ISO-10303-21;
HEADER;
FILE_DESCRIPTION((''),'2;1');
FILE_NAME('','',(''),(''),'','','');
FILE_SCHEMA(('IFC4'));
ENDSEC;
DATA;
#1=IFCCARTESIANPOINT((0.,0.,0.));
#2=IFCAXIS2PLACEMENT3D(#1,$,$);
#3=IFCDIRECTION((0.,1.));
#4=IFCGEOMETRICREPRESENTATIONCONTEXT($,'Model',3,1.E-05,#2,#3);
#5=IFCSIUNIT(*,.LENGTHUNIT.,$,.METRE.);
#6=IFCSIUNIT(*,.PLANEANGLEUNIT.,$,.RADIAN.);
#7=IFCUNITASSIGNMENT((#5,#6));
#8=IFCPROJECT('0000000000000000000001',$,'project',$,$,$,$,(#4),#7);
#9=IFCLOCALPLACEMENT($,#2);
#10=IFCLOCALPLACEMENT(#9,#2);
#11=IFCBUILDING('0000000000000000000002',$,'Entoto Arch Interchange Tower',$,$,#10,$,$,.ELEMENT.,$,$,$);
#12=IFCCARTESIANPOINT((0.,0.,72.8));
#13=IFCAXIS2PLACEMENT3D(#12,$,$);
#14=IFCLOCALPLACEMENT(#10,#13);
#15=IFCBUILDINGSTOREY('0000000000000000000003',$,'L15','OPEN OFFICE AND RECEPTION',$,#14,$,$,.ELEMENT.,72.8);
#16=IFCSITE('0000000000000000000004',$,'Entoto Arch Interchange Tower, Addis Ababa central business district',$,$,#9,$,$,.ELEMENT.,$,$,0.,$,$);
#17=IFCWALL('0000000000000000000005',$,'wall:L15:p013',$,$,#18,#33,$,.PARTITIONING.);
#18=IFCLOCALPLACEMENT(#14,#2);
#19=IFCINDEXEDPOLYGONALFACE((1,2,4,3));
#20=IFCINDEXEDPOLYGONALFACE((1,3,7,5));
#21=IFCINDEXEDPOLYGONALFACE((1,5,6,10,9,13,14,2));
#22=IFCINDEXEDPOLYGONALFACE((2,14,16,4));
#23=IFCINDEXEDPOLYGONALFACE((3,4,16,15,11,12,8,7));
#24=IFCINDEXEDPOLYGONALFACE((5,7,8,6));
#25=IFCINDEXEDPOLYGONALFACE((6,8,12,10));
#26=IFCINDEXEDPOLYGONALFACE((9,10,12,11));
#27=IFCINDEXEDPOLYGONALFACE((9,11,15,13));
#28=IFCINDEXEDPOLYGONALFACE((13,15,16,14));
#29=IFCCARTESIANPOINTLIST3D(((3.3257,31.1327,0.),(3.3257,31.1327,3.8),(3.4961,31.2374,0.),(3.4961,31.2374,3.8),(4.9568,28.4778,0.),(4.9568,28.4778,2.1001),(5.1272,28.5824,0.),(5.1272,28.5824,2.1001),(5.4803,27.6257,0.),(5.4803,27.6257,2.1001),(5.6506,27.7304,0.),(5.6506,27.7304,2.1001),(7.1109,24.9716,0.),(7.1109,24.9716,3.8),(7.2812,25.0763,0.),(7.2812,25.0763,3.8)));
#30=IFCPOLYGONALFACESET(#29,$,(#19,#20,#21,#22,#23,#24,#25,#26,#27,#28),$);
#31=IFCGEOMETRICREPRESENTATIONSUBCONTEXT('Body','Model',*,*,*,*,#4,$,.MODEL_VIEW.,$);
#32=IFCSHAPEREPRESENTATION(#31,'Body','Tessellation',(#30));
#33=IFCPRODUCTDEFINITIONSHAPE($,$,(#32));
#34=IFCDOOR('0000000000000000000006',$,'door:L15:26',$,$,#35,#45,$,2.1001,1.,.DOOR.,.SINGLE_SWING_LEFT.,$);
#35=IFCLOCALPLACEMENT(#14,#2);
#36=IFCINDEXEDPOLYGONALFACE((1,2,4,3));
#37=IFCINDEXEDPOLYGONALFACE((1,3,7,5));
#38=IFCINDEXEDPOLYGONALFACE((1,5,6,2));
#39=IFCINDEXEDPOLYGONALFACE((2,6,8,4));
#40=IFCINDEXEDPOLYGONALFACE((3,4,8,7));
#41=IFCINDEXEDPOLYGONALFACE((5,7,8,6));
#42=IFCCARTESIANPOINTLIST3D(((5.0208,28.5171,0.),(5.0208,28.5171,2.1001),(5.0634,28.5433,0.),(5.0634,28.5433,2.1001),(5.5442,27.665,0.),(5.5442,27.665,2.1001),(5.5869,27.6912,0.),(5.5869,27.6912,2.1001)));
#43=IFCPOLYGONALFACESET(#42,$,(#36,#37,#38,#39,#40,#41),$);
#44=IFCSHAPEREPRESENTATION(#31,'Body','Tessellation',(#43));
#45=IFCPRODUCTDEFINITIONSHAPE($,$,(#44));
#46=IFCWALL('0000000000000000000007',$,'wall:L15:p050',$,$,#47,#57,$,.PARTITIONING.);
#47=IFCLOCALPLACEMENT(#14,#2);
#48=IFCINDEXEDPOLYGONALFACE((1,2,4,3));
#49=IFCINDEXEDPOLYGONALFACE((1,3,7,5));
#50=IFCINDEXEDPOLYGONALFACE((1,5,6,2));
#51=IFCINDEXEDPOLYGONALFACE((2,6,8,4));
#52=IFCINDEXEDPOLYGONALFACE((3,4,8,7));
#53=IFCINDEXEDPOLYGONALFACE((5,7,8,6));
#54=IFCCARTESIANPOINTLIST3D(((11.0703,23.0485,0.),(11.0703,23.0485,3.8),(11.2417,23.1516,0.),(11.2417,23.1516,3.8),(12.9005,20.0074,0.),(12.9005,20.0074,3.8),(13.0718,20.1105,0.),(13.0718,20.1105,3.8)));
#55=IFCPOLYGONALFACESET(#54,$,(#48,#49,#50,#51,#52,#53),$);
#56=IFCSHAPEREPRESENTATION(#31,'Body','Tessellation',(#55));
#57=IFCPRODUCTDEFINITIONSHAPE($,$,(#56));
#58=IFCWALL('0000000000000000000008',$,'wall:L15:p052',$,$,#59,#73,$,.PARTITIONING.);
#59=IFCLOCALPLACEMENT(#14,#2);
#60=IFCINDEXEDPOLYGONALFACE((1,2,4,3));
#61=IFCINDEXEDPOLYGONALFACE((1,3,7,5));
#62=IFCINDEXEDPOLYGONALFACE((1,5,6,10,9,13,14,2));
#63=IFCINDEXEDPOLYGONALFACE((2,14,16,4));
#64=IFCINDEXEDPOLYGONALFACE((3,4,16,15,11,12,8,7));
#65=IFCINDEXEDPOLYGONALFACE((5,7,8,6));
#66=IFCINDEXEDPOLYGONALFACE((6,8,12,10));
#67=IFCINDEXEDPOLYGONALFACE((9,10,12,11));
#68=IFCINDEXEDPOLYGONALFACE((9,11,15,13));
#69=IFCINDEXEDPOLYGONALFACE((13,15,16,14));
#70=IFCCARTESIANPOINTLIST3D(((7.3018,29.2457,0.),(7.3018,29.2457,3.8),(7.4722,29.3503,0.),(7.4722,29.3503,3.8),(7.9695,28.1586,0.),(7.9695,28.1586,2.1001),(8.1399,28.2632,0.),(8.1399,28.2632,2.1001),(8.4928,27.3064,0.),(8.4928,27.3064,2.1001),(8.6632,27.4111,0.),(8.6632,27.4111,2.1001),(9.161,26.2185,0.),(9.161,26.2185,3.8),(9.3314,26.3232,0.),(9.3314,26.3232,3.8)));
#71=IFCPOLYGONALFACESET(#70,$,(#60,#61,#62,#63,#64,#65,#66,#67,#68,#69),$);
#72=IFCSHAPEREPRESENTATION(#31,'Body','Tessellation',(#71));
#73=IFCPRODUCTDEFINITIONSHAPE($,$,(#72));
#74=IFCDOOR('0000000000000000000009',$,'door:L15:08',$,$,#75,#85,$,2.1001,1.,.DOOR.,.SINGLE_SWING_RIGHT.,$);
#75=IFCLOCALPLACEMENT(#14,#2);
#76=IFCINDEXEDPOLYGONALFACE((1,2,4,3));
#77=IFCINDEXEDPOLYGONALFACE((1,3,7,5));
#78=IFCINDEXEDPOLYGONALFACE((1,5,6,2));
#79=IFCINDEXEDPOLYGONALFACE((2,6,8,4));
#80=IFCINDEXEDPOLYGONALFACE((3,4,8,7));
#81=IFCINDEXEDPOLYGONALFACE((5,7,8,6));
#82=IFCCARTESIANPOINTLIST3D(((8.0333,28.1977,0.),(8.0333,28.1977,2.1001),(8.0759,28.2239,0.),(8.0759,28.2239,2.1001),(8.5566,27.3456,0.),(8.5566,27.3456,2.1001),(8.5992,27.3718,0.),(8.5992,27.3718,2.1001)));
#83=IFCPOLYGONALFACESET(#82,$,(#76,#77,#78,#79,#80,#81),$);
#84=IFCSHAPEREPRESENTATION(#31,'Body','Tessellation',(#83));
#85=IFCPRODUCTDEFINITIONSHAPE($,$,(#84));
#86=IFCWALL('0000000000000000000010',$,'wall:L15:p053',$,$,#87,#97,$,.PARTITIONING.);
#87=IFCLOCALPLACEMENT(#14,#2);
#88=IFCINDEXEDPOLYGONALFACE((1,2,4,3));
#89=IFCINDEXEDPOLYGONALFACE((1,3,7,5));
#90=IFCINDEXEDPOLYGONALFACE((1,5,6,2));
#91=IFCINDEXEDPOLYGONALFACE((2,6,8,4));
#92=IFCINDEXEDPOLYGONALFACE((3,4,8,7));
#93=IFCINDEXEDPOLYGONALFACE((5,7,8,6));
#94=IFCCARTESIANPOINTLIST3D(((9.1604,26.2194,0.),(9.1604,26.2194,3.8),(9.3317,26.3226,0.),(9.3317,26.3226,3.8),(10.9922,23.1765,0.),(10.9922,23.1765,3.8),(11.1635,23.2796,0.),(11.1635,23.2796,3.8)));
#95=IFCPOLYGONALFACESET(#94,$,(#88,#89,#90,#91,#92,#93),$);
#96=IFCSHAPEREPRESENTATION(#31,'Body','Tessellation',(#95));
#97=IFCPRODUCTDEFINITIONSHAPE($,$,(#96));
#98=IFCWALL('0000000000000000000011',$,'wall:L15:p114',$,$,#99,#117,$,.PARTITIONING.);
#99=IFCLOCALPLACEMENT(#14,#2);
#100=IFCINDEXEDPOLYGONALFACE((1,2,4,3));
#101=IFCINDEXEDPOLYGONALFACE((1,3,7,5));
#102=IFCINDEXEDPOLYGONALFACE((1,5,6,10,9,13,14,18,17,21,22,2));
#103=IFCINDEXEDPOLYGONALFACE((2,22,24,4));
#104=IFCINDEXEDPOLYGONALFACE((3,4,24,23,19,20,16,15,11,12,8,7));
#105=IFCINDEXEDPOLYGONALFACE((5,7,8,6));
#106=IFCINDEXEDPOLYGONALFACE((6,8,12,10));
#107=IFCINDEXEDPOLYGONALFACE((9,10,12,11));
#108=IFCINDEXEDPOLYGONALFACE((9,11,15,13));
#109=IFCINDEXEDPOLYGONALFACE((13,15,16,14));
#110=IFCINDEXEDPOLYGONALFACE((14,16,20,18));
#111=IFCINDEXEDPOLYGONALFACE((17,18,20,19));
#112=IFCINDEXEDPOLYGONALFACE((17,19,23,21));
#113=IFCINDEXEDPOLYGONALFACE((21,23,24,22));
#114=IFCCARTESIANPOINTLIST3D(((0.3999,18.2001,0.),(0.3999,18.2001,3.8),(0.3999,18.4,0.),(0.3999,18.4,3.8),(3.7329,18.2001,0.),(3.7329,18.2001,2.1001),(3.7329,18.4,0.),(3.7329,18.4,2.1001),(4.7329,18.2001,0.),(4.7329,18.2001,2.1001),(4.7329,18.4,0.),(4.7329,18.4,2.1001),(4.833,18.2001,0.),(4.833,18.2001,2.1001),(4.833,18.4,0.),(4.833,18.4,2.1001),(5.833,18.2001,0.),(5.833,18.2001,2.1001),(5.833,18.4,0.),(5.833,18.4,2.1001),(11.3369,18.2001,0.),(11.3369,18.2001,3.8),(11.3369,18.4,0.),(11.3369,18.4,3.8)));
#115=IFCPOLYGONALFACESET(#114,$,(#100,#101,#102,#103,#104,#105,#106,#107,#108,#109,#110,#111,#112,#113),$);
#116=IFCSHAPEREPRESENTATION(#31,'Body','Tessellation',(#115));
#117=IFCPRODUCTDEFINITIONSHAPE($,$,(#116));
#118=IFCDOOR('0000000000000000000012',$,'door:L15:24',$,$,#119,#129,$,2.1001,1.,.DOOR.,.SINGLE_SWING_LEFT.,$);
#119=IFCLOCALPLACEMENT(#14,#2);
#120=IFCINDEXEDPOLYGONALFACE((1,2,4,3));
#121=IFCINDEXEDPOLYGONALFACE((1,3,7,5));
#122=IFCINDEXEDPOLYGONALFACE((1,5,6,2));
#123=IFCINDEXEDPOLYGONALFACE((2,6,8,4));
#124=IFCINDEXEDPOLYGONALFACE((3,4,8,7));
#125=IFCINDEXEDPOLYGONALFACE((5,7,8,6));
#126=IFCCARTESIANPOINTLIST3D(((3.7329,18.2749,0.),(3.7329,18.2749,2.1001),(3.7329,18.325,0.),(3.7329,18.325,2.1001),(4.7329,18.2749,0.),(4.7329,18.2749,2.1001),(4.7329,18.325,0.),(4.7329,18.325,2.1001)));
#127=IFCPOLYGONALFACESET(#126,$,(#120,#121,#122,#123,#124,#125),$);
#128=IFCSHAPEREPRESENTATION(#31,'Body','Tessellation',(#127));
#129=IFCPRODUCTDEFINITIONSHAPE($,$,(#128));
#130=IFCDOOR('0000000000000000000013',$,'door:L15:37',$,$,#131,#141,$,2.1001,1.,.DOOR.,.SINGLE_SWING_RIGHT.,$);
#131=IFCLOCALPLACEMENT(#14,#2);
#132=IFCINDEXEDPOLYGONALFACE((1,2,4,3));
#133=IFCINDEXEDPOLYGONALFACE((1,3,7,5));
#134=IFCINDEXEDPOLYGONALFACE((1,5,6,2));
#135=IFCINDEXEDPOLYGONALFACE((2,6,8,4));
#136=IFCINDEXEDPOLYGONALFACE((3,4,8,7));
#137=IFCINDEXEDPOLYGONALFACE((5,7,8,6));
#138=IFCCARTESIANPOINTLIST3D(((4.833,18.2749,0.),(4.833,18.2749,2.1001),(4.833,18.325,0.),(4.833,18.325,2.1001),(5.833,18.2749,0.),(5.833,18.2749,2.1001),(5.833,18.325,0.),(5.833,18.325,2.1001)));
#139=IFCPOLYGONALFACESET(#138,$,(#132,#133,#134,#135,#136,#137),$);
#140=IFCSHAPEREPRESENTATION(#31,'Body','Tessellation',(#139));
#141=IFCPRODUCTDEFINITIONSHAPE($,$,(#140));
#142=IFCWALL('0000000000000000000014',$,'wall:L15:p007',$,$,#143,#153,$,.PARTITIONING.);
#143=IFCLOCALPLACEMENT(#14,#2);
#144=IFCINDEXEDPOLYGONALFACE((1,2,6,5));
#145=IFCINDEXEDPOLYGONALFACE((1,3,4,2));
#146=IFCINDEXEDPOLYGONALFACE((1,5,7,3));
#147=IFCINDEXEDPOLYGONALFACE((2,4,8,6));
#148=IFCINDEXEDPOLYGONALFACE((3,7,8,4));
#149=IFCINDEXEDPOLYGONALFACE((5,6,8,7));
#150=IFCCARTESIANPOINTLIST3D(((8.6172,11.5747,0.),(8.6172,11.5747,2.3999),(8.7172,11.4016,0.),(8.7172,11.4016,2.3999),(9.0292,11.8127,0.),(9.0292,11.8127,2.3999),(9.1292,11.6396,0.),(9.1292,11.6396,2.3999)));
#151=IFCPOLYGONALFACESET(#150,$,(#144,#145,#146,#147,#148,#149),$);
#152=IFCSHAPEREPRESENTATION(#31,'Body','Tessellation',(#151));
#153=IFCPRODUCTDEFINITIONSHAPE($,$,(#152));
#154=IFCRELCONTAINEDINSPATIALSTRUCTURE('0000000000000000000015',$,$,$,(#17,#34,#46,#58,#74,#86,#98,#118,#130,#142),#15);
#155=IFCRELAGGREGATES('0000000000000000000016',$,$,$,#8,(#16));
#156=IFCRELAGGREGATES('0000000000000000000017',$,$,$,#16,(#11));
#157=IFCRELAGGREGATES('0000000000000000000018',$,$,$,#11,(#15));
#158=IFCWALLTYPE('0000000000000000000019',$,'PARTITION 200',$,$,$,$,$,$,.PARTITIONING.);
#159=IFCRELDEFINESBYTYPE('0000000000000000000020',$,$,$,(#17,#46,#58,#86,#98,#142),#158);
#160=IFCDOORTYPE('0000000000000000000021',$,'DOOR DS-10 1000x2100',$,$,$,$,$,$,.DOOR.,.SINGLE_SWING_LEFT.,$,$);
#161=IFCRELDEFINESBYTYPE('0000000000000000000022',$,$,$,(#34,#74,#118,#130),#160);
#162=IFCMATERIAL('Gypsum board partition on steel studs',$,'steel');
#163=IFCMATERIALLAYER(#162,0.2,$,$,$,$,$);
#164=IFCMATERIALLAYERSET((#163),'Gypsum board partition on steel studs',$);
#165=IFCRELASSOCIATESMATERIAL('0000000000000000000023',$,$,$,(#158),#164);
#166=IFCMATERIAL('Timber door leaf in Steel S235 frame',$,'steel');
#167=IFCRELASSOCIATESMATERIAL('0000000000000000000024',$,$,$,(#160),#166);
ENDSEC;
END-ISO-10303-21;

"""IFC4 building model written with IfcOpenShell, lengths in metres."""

from ifc_helpers import new_model, si_unit, direction, frame, frame_2d, origin, place, context, subcontext, project, spatial, rectangle, extrude, material, layer, layer_set, type_object, element, fill, save


model = new_model("IFC4")

# Units and contexts
model_context = context("Model", 3, precision=1e-05, world=origin(), true_north=direction((0.0, 1.0)))
body_context = subcontext(model_context, "Body", "Model", "MODEL_VIEW")
ifc_project = project(units=[si_unit("LENGTHUNIT", "METRE"), si_unit("PLANEANGLEUNIT", "RADIAN")], contexts=[model_context])

# Site, building, storey
site_placement = place(None, origin())
site = spatial("IfcSite", under=ifc_project, at=site_placement, Name="Entoto Arch Interchange Tower, Addis Ababa central business district", CompositionType="ELEMENT", RefElevation=0.0)
building_placement = place(site_placement, origin())
building = spatial("IfcBuilding", under=site, at=building_placement, Name="Entoto Arch Interchange Tower", CompositionType="ELEMENT")
storey_placement = place(building_placement, frame((0.0, 0.0, 72.8)))
storey = spatial("IfcBuildingStorey", under=building, at=storey_placement, Name="L15", Description="OPEN OFFICE AND RECEPTION", CompositionType="ELEMENT", Elevation=72.8)

# Shared definitions
ifc_material_1 = material(Name="Gypsum board partition on steel studs", Category="steel")
ifc_layer_1 = layer(ifc_material_1, 0.2)
ifc_layer_set_1 = layer_set([ifc_layer_1], Name="Gypsum board partition on steel studs")
wall_type_1 = type_object("IfcWallType", Name="PARTITION 200", PredefinedType="PARTITIONING", material=ifc_layer_set_1)

# Wall, opening, door
wall_1_placement = place(storey_placement, frame((7.196, 25.0239, 0.0), z_axis=(0.0, 0.0, 1.0), x_axis=(-0.523464, 0.852048, 0.0)))
wall_1 = element("IfcWall", 1, at=wall_1_placement, inside=storey, type_object=wall_type_1, Name="wall:L15:p013", PredefinedType="PARTITIONING", context=body_context, shape_type="SweptSolid", body=[
    extrude(rectangle(XDim=7.231, YDim=0.2, at=frame_2d((3.6155, 0.0))), origin(), (0.0, 0.0, 1.0), 3.8),
])
opening_1_placement = place(wall_1_placement, frame((3.115, 0.0, 0.0)))
opening_1 = element("IfcOpeningElement", 2, at=opening_1_placement, cuts=wall_1, PredefinedType="OPENING", context=body_context, shape_type="SweptSolid", body=[
    extrude(rectangle(XDim=1.0, YDim=2.1001, at=frame_2d((0.5, 1.05))), frame((0.0, 0.1099, 0.0), z_axis=(0.0, -1.0, 0.0), x_axis=(1.0, 0.0, 0.0)), (0.0, 0.0, 1.0), 0.22),
])
ifc_material_2 = material(Name="Timber door leaf in Steel S235 frame", Category="steel")
door_type_1 = type_object("IfcDoorType", Name="DOOR DS-10 1000x2100", OperationType="SINGLE_SWING_LEFT", PredefinedType="DOOR", material=ifc_material_2)
door_1_placement = place(opening_1_placement, origin())
door_1 = element("IfcDoor", 3, at=door_1_placement, inside=storey, type_object=door_type_1, Name="door:L15:26", OperationType="SINGLE_SWING_LEFT", OverallHeight=2.1001, OverallWidth=1.0, PredefinedType="DOOR", context=body_context, shape_type="SweptSolid", body=[
    extrude(rectangle(XDim=1.0, YDim=2.1001, at=frame_2d((0.5, 1.05))), frame((0.0, 0.0249, 0.0), z_axis=(0.0, -1.0, 0.0), x_axis=(1.0, 0.0, 0.0)), (0.0, 0.0, 1.0), 0.05),
])
fill(opening_1, door_1)

# Wall
wall_2_placement = place(storey_placement, frame((11.156, 23.1001, 0.0), z_axis=(0.0, 0.0, 1.0), x_axis=(0.515628, -0.856812, 0.0)))
element("IfcWall", 4, at=wall_2_placement, inside=storey, type_object=wall_type_1, Name="wall:L15:p050", PredefinedType="PARTITIONING", context=body_context, shape_type="SweptSolid", body=[
    extrude(rectangle(XDim=3.5493, YDim=0.2, at=frame_2d((1.7747, 0.0))), origin(), (0.0, 0.0, 1.0), 3.8),
])

# Wall, opening, door
wall_3_placement = place(storey_placement, frame((7.387, 29.2981, 0.0), z_axis=(0.0, 0.0, 1.0), x_axis=(0.523342, -0.852123, 0.0)))
wall_3 = element("IfcWall", 5, at=wall_3_placement, inside=storey, type_object=wall_type_1, Name="wall:L15:p052", PredefinedType="PARTITIONING", context=body_context, shape_type="SweptSolid", body=[
    extrude(rectangle(XDim=3.5525, YDim=0.2, at=frame_2d((1.7764, 0.0))), origin(), (0.0, 0.0, 1.0), 3.8),
])
opening_2_placement = place(wall_3_placement, frame((1.2759, 0.0, 0.0)))
opening_2 = element("IfcOpeningElement", 6, at=opening_2_placement, cuts=wall_3, PredefinedType="OPENING", context=body_context, shape_type="SweptSolid", body=[
    extrude(rectangle(XDim=1.0, YDim=2.1001, at=frame_2d((0.5, 1.05))), frame((0.0, 0.1099, 0.0), z_axis=(0.0, -1.0, 0.0), x_axis=(1.0, 0.0, 0.0)), (0.0, 0.0, 1.0), 0.22),
])
door_2_placement = place(opening_2_placement, origin())
door_2 = element("IfcDoor", 7, at=door_2_placement, inside=storey, type_object=door_type_1, Name="door:L15:08", OperationType="SINGLE_SWING_RIGHT", OverallHeight=2.1001, OverallWidth=1.0, PredefinedType="DOOR", context=body_context, shape_type="SweptSolid", body=[
    extrude(rectangle(XDim=1.0, YDim=2.1001, at=frame_2d((0.5, 1.05))), frame((0.0, 0.0249, 0.0), z_axis=(0.0, -1.0, 0.0), x_axis=(1.0, 0.0, 0.0)), (0.0, 0.0, 1.0), 0.05),
])
fill(opening_2, door_2)

# Wall
wall_4_placement = place(storey_placement, frame((9.2461, 26.271, 0.0), z_axis=(0.0, 0.0, 1.0), x_axis=(0.515739, -0.856746, 0.0)))
element("IfcWall", 8, at=wall_4_placement, inside=storey, type_object=wall_type_1, Name="wall:L15:p053", PredefinedType="PARTITIONING", context=body_context, shape_type="SweptSolid", body=[
    extrude(rectangle(XDim=3.5518, YDim=0.2, at=frame_2d((1.7759, 0.0))), origin(), (0.0, 0.0, 1.0), 3.8),
])

# Wall, openings, doors
wall_5_placement = place(storey_placement, frame((0.3999, 18.3, 0.0), z_axis=(0.0, 0.0, 1.0), x_axis=(1.0, 0.0, 0.0)))
wall_5 = element("IfcWall", 9, at=wall_5_placement, inside=storey, type_object=wall_type_1, Name="wall:L15:p114", PredefinedType="PARTITIONING", context=body_context, shape_type="SweptSolid", body=[
    extrude(rectangle(XDim=10.937, YDim=0.2, at=frame_2d((5.4685, 0.0))), origin(), (0.0, 0.0, 1.0), 3.8),
])
opening_3_placement = place(wall_5_placement, frame((3.333, 0.0, 0.0)))
opening_3 = element("IfcOpeningElement", 10, at=opening_3_placement, cuts=wall_5, PredefinedType="OPENING", context=body_context, shape_type="SweptSolid", body=[
    extrude(rectangle(XDim=1.0, YDim=2.1001, at=frame_2d((0.5, 1.05))), frame((0.0, 0.1099, 0.0), z_axis=(0.0, -1.0, 0.0), x_axis=(1.0, 0.0, 0.0)), (0.0, 0.0, 1.0), 0.22),
])
opening_4_placement = place(wall_5_placement, frame((4.4331, 0.0, 0.0)))
opening_4 = element("IfcOpeningElement", 11, at=opening_4_placement, cuts=wall_5, PredefinedType="OPENING", context=body_context, shape_type="SweptSolid", body=[
    extrude(rectangle(XDim=1.0, YDim=2.1001, at=frame_2d((0.5, 1.05))), frame((0.0, 0.1099, 0.0), z_axis=(0.0, -1.0, 0.0), x_axis=(1.0, 0.0, 0.0)), (0.0, 0.0, 1.0), 0.22),
])
door_3_placement = place(opening_3_placement, origin())
door_3 = element("IfcDoor", 12, at=door_3_placement, inside=storey, type_object=door_type_1, Name="door:L15:24", OperationType="SINGLE_SWING_LEFT", OverallHeight=2.1001, OverallWidth=1.0, PredefinedType="DOOR", context=body_context, shape_type="SweptSolid", body=[
    extrude(rectangle(XDim=1.0, YDim=2.1001, at=frame_2d((0.5, 1.05))), frame((0.0, 0.0249, 0.0), z_axis=(0.0, -1.0, 0.0), x_axis=(1.0, 0.0, 0.0)), (0.0, 0.0, 1.0), 0.05),
])
fill(opening_3, door_3)
door_4_placement = place(opening_4_placement, origin())
door_4 = element("IfcDoor", 13, at=door_4_placement, inside=storey, type_object=door_type_1, Name="door:L15:37", OperationType="SINGLE_SWING_RIGHT", OverallHeight=2.1001, OverallWidth=1.0, PredefinedType="DOOR", context=body_context, shape_type="SweptSolid", body=[
    extrude(rectangle(XDim=1.0, YDim=2.1001, at=frame_2d((0.5, 1.05))), frame((0.0, 0.0249, 0.0), z_axis=(0.0, -1.0, 0.0), x_axis=(1.0, 0.0, 0.0)), (0.0, 0.0, 1.0), 0.05),
])
fill(opening_4, door_4)

# Wall
wall_6_placement = place(storey_placement, frame((9.0791, 11.7261, 0.0), z_axis=(0.0, 0.0, 1.0), x_axis=(-0.865929, -0.500166, 0.0)))
element("IfcWall", 14, at=wall_6_placement, inside=storey, type_object=wall_type_1, Name="wall:L15:p007", PredefinedType="PARTITIONING", context=body_context, shape_type="SweptSolid", body=[
    extrude(rectangle(XDim=0.4758, YDim=0.2, at=frame_2d((0.2378, 0.0))), origin(), (0.0, 0.0, 1.0), 2.3999),
])

save(model, "model.ifc")
